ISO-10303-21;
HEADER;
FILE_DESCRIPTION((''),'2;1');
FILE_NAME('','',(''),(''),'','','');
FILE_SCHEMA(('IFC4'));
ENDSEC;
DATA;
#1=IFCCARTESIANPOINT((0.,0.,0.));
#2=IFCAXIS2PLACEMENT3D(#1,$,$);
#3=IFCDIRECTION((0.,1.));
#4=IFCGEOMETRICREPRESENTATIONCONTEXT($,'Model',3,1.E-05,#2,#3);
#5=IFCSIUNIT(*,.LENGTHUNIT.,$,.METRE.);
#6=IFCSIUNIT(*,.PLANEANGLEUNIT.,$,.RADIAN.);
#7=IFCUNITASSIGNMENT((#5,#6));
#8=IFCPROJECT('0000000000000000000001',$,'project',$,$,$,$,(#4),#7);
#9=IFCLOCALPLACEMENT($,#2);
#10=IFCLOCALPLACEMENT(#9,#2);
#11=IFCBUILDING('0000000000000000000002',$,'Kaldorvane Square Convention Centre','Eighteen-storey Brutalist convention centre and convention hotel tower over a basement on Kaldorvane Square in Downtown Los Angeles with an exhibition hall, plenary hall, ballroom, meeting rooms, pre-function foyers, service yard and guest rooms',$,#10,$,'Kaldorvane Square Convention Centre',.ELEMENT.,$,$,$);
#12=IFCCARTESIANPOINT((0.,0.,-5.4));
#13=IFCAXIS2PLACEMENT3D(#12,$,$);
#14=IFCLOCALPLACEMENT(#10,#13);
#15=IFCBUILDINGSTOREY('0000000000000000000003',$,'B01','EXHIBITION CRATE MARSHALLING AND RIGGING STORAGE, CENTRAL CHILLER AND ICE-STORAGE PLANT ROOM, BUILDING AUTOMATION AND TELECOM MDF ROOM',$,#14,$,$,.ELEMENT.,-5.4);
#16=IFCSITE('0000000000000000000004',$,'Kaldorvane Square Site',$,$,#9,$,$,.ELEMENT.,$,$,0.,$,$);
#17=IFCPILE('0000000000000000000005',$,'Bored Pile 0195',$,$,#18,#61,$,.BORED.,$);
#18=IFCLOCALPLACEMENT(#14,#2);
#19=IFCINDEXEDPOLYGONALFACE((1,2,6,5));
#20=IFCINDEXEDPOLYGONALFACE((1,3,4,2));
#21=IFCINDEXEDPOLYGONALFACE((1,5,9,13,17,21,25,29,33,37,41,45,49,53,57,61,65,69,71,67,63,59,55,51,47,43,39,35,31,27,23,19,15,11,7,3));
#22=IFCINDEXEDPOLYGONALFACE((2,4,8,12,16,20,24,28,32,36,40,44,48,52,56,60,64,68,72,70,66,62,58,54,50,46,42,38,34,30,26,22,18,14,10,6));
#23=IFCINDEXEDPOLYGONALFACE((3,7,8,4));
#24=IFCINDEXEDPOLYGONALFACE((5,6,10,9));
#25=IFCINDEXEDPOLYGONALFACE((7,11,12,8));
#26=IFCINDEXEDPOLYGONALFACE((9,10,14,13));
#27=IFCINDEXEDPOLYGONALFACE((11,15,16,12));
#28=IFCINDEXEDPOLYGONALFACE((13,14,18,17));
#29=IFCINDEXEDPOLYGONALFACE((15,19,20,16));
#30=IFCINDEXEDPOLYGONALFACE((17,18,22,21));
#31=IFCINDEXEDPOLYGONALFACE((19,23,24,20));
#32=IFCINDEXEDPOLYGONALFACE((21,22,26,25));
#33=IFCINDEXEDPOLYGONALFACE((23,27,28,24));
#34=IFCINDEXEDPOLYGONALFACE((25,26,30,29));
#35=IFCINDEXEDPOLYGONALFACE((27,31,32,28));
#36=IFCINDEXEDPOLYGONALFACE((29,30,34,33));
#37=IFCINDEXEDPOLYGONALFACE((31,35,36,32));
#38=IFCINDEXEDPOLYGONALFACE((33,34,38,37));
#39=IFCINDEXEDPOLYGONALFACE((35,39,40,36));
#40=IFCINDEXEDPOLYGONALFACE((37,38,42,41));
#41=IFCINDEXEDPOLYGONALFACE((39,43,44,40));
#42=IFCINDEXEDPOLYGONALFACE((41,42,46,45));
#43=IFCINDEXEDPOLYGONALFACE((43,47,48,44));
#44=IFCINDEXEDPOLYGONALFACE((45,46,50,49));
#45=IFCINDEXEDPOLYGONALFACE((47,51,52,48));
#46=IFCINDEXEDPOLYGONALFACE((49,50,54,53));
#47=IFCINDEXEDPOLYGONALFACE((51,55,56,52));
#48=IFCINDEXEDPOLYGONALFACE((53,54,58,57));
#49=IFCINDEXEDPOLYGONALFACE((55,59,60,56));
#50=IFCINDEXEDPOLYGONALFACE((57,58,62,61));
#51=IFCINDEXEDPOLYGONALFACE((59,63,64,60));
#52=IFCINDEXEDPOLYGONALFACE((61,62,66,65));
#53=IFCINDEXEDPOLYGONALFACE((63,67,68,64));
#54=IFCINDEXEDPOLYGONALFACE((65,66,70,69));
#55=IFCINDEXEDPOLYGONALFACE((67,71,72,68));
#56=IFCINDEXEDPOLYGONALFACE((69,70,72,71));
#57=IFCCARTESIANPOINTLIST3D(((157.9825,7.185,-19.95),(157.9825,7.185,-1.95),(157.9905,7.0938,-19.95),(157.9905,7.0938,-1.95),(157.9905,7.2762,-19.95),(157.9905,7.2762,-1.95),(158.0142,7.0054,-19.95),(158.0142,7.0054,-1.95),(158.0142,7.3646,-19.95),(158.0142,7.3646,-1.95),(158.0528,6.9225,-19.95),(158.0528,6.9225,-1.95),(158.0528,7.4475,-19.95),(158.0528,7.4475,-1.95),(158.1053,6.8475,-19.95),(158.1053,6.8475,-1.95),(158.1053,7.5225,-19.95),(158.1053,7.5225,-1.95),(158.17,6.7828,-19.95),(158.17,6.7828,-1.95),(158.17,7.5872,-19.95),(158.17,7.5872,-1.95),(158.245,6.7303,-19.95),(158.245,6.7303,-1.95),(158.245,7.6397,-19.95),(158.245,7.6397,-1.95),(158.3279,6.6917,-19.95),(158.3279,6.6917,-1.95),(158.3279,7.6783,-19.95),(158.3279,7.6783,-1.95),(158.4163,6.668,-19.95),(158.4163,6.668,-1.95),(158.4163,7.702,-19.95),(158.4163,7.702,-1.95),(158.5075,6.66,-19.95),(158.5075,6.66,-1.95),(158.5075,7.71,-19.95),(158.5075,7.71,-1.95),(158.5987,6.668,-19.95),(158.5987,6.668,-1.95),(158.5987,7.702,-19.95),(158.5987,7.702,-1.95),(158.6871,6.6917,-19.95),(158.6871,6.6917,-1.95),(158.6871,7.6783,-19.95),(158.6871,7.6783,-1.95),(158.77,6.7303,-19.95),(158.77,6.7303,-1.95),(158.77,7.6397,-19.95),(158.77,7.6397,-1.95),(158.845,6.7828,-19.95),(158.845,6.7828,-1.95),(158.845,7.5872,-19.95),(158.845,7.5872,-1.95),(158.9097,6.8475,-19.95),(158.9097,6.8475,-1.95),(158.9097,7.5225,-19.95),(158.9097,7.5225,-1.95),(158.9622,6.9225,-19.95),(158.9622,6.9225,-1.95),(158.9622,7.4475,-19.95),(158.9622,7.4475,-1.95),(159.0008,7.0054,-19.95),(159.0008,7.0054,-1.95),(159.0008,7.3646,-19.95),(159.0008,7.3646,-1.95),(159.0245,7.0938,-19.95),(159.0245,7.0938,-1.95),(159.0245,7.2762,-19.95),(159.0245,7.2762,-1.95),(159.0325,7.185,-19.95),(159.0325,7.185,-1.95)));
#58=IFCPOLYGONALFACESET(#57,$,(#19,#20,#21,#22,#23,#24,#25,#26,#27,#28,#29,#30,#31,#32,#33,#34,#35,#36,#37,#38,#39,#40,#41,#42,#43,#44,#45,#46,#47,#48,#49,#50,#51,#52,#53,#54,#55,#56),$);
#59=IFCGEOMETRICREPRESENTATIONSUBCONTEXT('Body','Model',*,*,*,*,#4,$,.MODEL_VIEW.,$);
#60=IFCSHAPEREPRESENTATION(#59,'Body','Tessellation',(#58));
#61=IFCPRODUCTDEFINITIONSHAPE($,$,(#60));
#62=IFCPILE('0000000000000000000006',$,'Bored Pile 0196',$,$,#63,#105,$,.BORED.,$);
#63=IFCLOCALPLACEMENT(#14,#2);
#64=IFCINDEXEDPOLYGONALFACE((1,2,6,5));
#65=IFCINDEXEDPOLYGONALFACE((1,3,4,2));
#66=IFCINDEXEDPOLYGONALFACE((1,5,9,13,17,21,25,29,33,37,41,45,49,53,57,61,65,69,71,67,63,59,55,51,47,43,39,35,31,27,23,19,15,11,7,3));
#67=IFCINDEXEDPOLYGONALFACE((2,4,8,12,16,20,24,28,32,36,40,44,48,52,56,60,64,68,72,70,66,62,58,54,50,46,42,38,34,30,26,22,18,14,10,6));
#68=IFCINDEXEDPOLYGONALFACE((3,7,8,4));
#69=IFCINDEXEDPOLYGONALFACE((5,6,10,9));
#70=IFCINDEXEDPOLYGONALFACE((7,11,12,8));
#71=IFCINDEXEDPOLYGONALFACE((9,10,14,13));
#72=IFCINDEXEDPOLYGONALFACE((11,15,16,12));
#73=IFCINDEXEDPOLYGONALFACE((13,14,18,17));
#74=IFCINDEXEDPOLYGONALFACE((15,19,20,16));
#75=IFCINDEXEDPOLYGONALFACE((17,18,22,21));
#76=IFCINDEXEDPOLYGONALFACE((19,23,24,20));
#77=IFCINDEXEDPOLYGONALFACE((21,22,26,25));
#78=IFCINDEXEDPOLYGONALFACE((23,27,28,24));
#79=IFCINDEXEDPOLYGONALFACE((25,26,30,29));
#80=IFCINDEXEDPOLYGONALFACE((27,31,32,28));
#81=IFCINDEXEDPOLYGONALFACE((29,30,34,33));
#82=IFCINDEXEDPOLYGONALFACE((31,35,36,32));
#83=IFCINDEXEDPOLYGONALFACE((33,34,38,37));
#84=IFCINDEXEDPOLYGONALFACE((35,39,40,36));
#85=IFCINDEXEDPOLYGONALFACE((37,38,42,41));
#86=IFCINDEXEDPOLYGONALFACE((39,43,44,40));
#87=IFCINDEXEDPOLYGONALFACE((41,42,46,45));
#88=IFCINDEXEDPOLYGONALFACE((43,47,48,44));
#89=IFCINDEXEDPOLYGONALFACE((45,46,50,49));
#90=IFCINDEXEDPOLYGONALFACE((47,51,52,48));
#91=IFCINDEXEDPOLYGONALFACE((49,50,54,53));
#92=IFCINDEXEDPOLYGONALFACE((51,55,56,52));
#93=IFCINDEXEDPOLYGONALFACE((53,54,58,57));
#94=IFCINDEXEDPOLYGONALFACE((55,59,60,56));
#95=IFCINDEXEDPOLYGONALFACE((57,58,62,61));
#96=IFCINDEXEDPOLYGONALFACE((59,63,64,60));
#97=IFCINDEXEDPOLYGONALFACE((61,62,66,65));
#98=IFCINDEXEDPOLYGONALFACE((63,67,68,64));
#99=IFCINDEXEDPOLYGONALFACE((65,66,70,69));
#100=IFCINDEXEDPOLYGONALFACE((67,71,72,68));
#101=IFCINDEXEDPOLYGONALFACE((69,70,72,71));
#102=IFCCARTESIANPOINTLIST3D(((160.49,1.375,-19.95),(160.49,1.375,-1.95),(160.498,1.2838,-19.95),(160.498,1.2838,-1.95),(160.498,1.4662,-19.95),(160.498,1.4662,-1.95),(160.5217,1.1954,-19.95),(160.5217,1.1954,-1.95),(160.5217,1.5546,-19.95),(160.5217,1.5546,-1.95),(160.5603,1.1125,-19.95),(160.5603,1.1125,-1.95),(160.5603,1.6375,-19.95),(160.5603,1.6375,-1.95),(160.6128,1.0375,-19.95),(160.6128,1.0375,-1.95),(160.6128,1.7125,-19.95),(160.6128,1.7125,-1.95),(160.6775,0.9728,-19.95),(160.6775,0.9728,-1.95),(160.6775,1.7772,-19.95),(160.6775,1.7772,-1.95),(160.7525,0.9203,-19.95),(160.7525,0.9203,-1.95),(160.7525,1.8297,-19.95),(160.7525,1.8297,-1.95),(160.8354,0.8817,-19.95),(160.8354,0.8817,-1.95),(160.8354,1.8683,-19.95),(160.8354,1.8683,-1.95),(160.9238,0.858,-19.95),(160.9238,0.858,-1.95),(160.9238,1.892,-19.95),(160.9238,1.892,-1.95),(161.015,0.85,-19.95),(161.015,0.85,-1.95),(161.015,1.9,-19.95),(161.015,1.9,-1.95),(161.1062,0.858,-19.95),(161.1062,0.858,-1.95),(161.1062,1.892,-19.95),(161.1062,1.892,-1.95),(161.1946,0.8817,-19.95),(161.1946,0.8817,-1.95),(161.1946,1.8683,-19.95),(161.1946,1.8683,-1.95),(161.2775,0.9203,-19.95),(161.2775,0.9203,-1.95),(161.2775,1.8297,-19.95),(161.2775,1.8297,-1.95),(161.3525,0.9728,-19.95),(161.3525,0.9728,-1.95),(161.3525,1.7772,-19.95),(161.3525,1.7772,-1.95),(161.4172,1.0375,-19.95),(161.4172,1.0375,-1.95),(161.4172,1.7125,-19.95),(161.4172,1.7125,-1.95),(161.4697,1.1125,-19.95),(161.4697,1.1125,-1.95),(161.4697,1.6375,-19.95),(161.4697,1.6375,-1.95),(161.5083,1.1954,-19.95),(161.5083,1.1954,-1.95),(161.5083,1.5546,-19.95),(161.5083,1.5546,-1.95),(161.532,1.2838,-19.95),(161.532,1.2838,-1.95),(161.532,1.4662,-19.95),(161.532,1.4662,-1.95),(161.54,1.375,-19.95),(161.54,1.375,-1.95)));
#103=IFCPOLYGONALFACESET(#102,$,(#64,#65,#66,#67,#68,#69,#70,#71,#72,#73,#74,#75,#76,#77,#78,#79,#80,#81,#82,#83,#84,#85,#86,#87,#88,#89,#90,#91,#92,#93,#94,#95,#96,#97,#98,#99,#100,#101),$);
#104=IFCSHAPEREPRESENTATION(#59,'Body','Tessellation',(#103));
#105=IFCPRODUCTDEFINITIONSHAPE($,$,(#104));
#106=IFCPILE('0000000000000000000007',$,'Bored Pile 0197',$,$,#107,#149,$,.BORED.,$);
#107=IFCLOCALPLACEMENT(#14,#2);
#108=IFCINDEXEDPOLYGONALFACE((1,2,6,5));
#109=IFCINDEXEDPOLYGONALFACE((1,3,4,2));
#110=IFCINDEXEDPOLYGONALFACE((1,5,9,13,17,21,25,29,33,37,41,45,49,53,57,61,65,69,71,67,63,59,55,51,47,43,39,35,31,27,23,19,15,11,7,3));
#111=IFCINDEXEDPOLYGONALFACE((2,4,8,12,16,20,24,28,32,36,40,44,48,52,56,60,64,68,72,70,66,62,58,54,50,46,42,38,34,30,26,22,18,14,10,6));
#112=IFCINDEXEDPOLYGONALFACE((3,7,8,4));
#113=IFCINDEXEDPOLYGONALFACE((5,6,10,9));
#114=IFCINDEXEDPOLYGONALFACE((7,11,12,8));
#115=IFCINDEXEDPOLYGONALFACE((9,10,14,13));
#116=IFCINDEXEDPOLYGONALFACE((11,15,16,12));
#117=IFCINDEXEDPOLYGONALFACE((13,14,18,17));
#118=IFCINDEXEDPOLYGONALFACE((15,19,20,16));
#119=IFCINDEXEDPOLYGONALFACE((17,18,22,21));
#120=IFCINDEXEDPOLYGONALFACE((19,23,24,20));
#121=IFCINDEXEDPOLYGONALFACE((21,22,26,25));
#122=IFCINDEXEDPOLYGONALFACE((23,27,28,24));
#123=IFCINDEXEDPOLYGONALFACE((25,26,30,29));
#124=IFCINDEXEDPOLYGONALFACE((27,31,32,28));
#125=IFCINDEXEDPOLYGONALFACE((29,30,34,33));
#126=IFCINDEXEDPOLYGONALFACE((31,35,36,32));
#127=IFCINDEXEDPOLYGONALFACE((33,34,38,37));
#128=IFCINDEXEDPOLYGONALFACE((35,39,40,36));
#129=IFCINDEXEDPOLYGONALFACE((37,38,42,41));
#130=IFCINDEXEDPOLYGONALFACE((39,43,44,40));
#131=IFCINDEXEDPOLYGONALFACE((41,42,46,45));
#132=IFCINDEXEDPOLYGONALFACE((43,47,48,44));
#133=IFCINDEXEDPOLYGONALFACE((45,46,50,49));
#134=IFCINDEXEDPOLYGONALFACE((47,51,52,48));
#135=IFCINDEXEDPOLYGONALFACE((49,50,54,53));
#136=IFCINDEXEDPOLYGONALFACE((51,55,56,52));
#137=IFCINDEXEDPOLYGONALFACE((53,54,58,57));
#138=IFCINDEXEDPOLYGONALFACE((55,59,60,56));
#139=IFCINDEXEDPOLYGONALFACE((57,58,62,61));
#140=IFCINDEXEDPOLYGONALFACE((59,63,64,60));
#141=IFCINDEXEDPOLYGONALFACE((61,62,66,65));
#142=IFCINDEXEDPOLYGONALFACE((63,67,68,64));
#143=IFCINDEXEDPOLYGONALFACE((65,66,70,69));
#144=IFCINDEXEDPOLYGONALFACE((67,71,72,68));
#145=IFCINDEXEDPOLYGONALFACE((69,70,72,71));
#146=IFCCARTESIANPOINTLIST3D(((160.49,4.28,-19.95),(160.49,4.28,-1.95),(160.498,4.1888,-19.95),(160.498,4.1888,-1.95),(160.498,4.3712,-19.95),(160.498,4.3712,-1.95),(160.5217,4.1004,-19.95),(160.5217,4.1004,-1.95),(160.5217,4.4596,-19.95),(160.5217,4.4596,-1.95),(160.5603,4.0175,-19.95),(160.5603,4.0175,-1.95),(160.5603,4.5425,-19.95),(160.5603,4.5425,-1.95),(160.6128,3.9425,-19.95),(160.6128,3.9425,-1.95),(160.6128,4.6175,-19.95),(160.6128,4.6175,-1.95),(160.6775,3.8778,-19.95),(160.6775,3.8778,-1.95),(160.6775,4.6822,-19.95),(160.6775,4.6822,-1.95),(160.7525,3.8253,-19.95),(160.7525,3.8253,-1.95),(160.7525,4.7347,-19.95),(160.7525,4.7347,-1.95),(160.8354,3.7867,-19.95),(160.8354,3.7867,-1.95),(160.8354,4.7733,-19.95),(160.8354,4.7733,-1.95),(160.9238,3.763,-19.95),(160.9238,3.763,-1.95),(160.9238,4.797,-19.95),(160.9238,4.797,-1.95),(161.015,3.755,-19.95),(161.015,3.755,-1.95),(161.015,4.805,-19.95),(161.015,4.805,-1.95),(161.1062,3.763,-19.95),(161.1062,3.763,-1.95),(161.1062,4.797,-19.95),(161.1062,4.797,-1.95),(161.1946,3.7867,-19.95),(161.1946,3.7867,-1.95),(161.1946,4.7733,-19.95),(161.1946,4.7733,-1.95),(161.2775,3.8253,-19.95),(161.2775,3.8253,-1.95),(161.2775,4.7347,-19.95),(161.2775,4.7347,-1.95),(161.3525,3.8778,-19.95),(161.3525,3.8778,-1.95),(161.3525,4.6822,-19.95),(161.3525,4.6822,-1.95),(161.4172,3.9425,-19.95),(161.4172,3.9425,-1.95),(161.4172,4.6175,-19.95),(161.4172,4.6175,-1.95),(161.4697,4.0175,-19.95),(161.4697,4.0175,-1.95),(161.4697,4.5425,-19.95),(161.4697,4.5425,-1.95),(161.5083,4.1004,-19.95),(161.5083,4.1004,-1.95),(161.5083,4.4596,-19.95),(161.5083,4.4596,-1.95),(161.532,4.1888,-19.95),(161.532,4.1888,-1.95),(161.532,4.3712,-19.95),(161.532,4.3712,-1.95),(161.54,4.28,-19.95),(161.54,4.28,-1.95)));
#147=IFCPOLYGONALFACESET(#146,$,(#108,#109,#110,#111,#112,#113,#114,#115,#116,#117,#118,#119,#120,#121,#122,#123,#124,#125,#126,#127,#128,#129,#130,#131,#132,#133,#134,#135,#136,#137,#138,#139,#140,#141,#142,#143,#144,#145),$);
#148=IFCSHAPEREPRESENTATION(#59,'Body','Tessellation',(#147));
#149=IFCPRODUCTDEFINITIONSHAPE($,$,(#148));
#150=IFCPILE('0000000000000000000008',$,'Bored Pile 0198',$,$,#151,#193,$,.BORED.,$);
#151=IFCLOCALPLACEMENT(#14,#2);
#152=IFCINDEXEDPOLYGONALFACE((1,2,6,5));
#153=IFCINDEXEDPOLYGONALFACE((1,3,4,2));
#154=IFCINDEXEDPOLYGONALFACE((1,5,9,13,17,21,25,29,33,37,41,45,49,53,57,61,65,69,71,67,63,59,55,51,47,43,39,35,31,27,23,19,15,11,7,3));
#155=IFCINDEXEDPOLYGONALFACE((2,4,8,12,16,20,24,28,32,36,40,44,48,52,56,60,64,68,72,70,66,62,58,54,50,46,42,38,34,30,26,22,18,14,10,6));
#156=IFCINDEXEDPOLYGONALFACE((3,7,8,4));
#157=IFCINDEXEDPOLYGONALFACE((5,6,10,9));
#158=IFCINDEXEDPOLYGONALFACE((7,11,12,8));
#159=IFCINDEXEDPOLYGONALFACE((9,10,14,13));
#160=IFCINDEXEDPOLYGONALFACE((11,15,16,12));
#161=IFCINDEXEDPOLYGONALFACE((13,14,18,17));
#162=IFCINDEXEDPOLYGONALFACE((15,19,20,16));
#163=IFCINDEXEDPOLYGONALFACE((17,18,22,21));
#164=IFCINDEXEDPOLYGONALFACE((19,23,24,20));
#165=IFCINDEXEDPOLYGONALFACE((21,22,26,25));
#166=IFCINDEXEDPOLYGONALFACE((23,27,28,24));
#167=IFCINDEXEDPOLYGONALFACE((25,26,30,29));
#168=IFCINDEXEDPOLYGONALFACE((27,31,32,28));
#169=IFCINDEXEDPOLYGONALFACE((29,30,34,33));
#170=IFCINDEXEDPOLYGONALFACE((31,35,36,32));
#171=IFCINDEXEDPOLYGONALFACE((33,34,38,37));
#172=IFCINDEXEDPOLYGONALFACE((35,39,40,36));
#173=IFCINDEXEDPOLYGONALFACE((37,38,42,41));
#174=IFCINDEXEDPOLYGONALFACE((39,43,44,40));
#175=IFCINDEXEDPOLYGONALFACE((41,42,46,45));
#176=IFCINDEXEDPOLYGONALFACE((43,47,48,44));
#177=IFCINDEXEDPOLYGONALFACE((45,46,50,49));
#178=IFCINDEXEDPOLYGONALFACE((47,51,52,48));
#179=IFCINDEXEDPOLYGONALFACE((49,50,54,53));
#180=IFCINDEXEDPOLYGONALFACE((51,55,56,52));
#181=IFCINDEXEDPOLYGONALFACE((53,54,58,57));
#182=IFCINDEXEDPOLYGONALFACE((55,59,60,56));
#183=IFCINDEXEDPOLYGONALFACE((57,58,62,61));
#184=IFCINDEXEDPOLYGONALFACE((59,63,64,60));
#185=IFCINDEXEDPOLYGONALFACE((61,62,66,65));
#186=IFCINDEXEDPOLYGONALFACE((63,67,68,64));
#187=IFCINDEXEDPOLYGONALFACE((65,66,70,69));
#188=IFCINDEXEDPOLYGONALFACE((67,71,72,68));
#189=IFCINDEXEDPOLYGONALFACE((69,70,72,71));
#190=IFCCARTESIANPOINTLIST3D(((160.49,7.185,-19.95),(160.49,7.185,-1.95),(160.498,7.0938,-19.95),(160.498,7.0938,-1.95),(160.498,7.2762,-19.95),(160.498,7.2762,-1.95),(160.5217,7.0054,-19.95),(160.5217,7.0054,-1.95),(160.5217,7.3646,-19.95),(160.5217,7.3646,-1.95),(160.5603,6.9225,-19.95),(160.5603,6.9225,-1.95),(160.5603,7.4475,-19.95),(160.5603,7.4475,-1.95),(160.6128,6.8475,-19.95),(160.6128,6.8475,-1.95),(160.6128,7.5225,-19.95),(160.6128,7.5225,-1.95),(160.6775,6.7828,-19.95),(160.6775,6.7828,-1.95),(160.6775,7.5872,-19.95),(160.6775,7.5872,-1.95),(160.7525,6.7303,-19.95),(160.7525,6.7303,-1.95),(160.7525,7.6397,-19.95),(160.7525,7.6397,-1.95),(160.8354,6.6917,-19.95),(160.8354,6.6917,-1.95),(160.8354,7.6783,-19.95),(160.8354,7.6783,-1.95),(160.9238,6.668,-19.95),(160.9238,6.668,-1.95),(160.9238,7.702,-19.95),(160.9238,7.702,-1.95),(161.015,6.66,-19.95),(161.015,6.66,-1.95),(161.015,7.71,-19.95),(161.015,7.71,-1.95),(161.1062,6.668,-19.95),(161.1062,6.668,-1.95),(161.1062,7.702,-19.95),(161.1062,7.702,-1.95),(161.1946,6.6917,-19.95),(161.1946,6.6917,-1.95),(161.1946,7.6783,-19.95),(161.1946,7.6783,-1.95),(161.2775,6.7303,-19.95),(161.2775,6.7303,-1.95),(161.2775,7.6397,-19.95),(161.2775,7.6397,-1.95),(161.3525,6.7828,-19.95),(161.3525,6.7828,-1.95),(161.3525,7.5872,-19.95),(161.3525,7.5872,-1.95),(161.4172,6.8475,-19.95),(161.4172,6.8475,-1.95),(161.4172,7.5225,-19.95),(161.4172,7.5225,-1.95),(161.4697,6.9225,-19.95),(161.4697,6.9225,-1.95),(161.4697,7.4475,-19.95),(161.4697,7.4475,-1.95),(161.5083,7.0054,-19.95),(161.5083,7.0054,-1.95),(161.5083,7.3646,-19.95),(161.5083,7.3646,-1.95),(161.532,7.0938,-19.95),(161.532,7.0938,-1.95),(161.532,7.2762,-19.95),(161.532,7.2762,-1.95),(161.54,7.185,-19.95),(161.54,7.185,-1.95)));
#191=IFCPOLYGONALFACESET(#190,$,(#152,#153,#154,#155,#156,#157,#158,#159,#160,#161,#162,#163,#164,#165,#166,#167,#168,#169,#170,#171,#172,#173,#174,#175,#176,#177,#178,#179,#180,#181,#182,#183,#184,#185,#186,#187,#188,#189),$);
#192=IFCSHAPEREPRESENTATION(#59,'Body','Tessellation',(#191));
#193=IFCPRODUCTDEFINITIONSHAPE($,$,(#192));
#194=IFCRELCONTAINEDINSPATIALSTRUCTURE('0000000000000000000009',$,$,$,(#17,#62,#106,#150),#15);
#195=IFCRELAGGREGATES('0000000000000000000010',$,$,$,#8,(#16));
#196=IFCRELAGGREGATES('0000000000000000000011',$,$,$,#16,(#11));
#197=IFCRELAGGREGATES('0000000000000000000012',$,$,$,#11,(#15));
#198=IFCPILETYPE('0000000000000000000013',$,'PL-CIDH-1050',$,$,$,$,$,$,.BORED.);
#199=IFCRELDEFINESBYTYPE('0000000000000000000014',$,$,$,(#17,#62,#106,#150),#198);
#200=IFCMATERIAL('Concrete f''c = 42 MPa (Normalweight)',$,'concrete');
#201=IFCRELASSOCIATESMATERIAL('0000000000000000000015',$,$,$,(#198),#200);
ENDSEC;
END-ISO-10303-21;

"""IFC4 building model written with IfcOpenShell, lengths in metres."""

from ifc_helpers import new_model, si_unit, direction, frame, origin, origin_2d, place, context, subcontext, project, spatial, circle, extrude, material, material_profile, profile_set, type_object, element, save


model = new_model("IFC4")

# Units and contexts
model_context = context("Model", 3, precision=1e-05, world=origin(), true_north=direction((0.0, 1.0)))
body_context = subcontext(model_context, "Body", "Model", "MODEL_VIEW")
ifc_project = project(units=[si_unit("LENGTHUNIT", "METRE"), si_unit("PLANEANGLEUNIT", "RADIAN")], contexts=[model_context])

# Site, building, storey
site_placement = place(None, origin())
site = spatial("IfcSite", under=ifc_project, at=site_placement, Name="Kaldorvane Square Site", CompositionType="ELEMENT", RefElevation=0.0)
building_placement = place(site_placement, origin())
building = spatial("IfcBuilding", under=site, at=building_placement, Name="Kaldorvane Square Convention Centre", Description="Eighteen-storey Brutalist convention centre and convention hotel tower over a basement on Kaldorvane Square in Downtown Los Angeles with an exhibition hall, plenary hall, ballroom, meeting rooms, pre-function foyers, service yard and guest rooms", LongName="Kaldorvane Square Convention Centre", CompositionType="ELEMENT")
storey_placement = place(building_placement, frame((0.0, 0.0, -5.4)))
storey = spatial("IfcBuildingStorey", under=building, at=storey_placement, Name="B01", Description="EXHIBITION CRATE MARSHALLING AND RIGGING STORAGE, CENTRAL CHILLER AND ICE-STORAGE PLANT ROOM, BUILDING AUTOMATION AND TELECOM MDF ROOM", CompositionType="ELEMENT", Elevation=-5.4)

# Shared definitions
ifc_material_1 = material(Name="Concrete f'c = 42 MPa (Normalweight)", Category="concrete")

# Piles
ifc_material_profile_1 = material_profile(ifc_material_1, circle(Radius=0.525, at=origin_2d()), Name="PILE-D1050")
ifc_profile_set_1 = profile_set([ifc_material_profile_1], Name="Concrete f'c = 42 MPa (Normalweight)")
pile_type_1 = type_object("IfcPileType", Name="PL-CIDH-1050", PredefinedType="BORED", material=ifc_profile_set_1)
for number, where, z_axis, x_axis, name in (
    (1, (158.5075, 7.185, -1.95), (0.0, 0.0, -1.0), (1.0, 0.0, 0.0), "Bored Pile 0195"),
    (2, (161.015, 1.375, -1.95), (0.0, 0.0, -1.0), (1.0, 0.0, 0.0), "Bored Pile 0196"),
    (3, (161.015, 4.28, -1.95), (0.0, 0.0, -1.0), (1.0, 0.0, 0.0), "Bored Pile 0197"),
    (4, (161.015, 7.185, -1.95), (0.0, 0.0, -1.0), (1.0, 0.0, 0.0), "Bored Pile 0198"),
):
    element("IfcPile", number, at=place(storey_placement, frame(where, z_axis=z_axis, x_axis=x_axis)), inside=storey, type_object=pile_type_1, Name=name, PredefinedType="BORED", context=body_context, shape_type="SweptSolid", body=[
        extrude(circle(Radius=0.525, at=origin_2d()), origin(), (0.0, 0.0, 1.0), 18.0),
    ])

save(model, "model.ifc")
